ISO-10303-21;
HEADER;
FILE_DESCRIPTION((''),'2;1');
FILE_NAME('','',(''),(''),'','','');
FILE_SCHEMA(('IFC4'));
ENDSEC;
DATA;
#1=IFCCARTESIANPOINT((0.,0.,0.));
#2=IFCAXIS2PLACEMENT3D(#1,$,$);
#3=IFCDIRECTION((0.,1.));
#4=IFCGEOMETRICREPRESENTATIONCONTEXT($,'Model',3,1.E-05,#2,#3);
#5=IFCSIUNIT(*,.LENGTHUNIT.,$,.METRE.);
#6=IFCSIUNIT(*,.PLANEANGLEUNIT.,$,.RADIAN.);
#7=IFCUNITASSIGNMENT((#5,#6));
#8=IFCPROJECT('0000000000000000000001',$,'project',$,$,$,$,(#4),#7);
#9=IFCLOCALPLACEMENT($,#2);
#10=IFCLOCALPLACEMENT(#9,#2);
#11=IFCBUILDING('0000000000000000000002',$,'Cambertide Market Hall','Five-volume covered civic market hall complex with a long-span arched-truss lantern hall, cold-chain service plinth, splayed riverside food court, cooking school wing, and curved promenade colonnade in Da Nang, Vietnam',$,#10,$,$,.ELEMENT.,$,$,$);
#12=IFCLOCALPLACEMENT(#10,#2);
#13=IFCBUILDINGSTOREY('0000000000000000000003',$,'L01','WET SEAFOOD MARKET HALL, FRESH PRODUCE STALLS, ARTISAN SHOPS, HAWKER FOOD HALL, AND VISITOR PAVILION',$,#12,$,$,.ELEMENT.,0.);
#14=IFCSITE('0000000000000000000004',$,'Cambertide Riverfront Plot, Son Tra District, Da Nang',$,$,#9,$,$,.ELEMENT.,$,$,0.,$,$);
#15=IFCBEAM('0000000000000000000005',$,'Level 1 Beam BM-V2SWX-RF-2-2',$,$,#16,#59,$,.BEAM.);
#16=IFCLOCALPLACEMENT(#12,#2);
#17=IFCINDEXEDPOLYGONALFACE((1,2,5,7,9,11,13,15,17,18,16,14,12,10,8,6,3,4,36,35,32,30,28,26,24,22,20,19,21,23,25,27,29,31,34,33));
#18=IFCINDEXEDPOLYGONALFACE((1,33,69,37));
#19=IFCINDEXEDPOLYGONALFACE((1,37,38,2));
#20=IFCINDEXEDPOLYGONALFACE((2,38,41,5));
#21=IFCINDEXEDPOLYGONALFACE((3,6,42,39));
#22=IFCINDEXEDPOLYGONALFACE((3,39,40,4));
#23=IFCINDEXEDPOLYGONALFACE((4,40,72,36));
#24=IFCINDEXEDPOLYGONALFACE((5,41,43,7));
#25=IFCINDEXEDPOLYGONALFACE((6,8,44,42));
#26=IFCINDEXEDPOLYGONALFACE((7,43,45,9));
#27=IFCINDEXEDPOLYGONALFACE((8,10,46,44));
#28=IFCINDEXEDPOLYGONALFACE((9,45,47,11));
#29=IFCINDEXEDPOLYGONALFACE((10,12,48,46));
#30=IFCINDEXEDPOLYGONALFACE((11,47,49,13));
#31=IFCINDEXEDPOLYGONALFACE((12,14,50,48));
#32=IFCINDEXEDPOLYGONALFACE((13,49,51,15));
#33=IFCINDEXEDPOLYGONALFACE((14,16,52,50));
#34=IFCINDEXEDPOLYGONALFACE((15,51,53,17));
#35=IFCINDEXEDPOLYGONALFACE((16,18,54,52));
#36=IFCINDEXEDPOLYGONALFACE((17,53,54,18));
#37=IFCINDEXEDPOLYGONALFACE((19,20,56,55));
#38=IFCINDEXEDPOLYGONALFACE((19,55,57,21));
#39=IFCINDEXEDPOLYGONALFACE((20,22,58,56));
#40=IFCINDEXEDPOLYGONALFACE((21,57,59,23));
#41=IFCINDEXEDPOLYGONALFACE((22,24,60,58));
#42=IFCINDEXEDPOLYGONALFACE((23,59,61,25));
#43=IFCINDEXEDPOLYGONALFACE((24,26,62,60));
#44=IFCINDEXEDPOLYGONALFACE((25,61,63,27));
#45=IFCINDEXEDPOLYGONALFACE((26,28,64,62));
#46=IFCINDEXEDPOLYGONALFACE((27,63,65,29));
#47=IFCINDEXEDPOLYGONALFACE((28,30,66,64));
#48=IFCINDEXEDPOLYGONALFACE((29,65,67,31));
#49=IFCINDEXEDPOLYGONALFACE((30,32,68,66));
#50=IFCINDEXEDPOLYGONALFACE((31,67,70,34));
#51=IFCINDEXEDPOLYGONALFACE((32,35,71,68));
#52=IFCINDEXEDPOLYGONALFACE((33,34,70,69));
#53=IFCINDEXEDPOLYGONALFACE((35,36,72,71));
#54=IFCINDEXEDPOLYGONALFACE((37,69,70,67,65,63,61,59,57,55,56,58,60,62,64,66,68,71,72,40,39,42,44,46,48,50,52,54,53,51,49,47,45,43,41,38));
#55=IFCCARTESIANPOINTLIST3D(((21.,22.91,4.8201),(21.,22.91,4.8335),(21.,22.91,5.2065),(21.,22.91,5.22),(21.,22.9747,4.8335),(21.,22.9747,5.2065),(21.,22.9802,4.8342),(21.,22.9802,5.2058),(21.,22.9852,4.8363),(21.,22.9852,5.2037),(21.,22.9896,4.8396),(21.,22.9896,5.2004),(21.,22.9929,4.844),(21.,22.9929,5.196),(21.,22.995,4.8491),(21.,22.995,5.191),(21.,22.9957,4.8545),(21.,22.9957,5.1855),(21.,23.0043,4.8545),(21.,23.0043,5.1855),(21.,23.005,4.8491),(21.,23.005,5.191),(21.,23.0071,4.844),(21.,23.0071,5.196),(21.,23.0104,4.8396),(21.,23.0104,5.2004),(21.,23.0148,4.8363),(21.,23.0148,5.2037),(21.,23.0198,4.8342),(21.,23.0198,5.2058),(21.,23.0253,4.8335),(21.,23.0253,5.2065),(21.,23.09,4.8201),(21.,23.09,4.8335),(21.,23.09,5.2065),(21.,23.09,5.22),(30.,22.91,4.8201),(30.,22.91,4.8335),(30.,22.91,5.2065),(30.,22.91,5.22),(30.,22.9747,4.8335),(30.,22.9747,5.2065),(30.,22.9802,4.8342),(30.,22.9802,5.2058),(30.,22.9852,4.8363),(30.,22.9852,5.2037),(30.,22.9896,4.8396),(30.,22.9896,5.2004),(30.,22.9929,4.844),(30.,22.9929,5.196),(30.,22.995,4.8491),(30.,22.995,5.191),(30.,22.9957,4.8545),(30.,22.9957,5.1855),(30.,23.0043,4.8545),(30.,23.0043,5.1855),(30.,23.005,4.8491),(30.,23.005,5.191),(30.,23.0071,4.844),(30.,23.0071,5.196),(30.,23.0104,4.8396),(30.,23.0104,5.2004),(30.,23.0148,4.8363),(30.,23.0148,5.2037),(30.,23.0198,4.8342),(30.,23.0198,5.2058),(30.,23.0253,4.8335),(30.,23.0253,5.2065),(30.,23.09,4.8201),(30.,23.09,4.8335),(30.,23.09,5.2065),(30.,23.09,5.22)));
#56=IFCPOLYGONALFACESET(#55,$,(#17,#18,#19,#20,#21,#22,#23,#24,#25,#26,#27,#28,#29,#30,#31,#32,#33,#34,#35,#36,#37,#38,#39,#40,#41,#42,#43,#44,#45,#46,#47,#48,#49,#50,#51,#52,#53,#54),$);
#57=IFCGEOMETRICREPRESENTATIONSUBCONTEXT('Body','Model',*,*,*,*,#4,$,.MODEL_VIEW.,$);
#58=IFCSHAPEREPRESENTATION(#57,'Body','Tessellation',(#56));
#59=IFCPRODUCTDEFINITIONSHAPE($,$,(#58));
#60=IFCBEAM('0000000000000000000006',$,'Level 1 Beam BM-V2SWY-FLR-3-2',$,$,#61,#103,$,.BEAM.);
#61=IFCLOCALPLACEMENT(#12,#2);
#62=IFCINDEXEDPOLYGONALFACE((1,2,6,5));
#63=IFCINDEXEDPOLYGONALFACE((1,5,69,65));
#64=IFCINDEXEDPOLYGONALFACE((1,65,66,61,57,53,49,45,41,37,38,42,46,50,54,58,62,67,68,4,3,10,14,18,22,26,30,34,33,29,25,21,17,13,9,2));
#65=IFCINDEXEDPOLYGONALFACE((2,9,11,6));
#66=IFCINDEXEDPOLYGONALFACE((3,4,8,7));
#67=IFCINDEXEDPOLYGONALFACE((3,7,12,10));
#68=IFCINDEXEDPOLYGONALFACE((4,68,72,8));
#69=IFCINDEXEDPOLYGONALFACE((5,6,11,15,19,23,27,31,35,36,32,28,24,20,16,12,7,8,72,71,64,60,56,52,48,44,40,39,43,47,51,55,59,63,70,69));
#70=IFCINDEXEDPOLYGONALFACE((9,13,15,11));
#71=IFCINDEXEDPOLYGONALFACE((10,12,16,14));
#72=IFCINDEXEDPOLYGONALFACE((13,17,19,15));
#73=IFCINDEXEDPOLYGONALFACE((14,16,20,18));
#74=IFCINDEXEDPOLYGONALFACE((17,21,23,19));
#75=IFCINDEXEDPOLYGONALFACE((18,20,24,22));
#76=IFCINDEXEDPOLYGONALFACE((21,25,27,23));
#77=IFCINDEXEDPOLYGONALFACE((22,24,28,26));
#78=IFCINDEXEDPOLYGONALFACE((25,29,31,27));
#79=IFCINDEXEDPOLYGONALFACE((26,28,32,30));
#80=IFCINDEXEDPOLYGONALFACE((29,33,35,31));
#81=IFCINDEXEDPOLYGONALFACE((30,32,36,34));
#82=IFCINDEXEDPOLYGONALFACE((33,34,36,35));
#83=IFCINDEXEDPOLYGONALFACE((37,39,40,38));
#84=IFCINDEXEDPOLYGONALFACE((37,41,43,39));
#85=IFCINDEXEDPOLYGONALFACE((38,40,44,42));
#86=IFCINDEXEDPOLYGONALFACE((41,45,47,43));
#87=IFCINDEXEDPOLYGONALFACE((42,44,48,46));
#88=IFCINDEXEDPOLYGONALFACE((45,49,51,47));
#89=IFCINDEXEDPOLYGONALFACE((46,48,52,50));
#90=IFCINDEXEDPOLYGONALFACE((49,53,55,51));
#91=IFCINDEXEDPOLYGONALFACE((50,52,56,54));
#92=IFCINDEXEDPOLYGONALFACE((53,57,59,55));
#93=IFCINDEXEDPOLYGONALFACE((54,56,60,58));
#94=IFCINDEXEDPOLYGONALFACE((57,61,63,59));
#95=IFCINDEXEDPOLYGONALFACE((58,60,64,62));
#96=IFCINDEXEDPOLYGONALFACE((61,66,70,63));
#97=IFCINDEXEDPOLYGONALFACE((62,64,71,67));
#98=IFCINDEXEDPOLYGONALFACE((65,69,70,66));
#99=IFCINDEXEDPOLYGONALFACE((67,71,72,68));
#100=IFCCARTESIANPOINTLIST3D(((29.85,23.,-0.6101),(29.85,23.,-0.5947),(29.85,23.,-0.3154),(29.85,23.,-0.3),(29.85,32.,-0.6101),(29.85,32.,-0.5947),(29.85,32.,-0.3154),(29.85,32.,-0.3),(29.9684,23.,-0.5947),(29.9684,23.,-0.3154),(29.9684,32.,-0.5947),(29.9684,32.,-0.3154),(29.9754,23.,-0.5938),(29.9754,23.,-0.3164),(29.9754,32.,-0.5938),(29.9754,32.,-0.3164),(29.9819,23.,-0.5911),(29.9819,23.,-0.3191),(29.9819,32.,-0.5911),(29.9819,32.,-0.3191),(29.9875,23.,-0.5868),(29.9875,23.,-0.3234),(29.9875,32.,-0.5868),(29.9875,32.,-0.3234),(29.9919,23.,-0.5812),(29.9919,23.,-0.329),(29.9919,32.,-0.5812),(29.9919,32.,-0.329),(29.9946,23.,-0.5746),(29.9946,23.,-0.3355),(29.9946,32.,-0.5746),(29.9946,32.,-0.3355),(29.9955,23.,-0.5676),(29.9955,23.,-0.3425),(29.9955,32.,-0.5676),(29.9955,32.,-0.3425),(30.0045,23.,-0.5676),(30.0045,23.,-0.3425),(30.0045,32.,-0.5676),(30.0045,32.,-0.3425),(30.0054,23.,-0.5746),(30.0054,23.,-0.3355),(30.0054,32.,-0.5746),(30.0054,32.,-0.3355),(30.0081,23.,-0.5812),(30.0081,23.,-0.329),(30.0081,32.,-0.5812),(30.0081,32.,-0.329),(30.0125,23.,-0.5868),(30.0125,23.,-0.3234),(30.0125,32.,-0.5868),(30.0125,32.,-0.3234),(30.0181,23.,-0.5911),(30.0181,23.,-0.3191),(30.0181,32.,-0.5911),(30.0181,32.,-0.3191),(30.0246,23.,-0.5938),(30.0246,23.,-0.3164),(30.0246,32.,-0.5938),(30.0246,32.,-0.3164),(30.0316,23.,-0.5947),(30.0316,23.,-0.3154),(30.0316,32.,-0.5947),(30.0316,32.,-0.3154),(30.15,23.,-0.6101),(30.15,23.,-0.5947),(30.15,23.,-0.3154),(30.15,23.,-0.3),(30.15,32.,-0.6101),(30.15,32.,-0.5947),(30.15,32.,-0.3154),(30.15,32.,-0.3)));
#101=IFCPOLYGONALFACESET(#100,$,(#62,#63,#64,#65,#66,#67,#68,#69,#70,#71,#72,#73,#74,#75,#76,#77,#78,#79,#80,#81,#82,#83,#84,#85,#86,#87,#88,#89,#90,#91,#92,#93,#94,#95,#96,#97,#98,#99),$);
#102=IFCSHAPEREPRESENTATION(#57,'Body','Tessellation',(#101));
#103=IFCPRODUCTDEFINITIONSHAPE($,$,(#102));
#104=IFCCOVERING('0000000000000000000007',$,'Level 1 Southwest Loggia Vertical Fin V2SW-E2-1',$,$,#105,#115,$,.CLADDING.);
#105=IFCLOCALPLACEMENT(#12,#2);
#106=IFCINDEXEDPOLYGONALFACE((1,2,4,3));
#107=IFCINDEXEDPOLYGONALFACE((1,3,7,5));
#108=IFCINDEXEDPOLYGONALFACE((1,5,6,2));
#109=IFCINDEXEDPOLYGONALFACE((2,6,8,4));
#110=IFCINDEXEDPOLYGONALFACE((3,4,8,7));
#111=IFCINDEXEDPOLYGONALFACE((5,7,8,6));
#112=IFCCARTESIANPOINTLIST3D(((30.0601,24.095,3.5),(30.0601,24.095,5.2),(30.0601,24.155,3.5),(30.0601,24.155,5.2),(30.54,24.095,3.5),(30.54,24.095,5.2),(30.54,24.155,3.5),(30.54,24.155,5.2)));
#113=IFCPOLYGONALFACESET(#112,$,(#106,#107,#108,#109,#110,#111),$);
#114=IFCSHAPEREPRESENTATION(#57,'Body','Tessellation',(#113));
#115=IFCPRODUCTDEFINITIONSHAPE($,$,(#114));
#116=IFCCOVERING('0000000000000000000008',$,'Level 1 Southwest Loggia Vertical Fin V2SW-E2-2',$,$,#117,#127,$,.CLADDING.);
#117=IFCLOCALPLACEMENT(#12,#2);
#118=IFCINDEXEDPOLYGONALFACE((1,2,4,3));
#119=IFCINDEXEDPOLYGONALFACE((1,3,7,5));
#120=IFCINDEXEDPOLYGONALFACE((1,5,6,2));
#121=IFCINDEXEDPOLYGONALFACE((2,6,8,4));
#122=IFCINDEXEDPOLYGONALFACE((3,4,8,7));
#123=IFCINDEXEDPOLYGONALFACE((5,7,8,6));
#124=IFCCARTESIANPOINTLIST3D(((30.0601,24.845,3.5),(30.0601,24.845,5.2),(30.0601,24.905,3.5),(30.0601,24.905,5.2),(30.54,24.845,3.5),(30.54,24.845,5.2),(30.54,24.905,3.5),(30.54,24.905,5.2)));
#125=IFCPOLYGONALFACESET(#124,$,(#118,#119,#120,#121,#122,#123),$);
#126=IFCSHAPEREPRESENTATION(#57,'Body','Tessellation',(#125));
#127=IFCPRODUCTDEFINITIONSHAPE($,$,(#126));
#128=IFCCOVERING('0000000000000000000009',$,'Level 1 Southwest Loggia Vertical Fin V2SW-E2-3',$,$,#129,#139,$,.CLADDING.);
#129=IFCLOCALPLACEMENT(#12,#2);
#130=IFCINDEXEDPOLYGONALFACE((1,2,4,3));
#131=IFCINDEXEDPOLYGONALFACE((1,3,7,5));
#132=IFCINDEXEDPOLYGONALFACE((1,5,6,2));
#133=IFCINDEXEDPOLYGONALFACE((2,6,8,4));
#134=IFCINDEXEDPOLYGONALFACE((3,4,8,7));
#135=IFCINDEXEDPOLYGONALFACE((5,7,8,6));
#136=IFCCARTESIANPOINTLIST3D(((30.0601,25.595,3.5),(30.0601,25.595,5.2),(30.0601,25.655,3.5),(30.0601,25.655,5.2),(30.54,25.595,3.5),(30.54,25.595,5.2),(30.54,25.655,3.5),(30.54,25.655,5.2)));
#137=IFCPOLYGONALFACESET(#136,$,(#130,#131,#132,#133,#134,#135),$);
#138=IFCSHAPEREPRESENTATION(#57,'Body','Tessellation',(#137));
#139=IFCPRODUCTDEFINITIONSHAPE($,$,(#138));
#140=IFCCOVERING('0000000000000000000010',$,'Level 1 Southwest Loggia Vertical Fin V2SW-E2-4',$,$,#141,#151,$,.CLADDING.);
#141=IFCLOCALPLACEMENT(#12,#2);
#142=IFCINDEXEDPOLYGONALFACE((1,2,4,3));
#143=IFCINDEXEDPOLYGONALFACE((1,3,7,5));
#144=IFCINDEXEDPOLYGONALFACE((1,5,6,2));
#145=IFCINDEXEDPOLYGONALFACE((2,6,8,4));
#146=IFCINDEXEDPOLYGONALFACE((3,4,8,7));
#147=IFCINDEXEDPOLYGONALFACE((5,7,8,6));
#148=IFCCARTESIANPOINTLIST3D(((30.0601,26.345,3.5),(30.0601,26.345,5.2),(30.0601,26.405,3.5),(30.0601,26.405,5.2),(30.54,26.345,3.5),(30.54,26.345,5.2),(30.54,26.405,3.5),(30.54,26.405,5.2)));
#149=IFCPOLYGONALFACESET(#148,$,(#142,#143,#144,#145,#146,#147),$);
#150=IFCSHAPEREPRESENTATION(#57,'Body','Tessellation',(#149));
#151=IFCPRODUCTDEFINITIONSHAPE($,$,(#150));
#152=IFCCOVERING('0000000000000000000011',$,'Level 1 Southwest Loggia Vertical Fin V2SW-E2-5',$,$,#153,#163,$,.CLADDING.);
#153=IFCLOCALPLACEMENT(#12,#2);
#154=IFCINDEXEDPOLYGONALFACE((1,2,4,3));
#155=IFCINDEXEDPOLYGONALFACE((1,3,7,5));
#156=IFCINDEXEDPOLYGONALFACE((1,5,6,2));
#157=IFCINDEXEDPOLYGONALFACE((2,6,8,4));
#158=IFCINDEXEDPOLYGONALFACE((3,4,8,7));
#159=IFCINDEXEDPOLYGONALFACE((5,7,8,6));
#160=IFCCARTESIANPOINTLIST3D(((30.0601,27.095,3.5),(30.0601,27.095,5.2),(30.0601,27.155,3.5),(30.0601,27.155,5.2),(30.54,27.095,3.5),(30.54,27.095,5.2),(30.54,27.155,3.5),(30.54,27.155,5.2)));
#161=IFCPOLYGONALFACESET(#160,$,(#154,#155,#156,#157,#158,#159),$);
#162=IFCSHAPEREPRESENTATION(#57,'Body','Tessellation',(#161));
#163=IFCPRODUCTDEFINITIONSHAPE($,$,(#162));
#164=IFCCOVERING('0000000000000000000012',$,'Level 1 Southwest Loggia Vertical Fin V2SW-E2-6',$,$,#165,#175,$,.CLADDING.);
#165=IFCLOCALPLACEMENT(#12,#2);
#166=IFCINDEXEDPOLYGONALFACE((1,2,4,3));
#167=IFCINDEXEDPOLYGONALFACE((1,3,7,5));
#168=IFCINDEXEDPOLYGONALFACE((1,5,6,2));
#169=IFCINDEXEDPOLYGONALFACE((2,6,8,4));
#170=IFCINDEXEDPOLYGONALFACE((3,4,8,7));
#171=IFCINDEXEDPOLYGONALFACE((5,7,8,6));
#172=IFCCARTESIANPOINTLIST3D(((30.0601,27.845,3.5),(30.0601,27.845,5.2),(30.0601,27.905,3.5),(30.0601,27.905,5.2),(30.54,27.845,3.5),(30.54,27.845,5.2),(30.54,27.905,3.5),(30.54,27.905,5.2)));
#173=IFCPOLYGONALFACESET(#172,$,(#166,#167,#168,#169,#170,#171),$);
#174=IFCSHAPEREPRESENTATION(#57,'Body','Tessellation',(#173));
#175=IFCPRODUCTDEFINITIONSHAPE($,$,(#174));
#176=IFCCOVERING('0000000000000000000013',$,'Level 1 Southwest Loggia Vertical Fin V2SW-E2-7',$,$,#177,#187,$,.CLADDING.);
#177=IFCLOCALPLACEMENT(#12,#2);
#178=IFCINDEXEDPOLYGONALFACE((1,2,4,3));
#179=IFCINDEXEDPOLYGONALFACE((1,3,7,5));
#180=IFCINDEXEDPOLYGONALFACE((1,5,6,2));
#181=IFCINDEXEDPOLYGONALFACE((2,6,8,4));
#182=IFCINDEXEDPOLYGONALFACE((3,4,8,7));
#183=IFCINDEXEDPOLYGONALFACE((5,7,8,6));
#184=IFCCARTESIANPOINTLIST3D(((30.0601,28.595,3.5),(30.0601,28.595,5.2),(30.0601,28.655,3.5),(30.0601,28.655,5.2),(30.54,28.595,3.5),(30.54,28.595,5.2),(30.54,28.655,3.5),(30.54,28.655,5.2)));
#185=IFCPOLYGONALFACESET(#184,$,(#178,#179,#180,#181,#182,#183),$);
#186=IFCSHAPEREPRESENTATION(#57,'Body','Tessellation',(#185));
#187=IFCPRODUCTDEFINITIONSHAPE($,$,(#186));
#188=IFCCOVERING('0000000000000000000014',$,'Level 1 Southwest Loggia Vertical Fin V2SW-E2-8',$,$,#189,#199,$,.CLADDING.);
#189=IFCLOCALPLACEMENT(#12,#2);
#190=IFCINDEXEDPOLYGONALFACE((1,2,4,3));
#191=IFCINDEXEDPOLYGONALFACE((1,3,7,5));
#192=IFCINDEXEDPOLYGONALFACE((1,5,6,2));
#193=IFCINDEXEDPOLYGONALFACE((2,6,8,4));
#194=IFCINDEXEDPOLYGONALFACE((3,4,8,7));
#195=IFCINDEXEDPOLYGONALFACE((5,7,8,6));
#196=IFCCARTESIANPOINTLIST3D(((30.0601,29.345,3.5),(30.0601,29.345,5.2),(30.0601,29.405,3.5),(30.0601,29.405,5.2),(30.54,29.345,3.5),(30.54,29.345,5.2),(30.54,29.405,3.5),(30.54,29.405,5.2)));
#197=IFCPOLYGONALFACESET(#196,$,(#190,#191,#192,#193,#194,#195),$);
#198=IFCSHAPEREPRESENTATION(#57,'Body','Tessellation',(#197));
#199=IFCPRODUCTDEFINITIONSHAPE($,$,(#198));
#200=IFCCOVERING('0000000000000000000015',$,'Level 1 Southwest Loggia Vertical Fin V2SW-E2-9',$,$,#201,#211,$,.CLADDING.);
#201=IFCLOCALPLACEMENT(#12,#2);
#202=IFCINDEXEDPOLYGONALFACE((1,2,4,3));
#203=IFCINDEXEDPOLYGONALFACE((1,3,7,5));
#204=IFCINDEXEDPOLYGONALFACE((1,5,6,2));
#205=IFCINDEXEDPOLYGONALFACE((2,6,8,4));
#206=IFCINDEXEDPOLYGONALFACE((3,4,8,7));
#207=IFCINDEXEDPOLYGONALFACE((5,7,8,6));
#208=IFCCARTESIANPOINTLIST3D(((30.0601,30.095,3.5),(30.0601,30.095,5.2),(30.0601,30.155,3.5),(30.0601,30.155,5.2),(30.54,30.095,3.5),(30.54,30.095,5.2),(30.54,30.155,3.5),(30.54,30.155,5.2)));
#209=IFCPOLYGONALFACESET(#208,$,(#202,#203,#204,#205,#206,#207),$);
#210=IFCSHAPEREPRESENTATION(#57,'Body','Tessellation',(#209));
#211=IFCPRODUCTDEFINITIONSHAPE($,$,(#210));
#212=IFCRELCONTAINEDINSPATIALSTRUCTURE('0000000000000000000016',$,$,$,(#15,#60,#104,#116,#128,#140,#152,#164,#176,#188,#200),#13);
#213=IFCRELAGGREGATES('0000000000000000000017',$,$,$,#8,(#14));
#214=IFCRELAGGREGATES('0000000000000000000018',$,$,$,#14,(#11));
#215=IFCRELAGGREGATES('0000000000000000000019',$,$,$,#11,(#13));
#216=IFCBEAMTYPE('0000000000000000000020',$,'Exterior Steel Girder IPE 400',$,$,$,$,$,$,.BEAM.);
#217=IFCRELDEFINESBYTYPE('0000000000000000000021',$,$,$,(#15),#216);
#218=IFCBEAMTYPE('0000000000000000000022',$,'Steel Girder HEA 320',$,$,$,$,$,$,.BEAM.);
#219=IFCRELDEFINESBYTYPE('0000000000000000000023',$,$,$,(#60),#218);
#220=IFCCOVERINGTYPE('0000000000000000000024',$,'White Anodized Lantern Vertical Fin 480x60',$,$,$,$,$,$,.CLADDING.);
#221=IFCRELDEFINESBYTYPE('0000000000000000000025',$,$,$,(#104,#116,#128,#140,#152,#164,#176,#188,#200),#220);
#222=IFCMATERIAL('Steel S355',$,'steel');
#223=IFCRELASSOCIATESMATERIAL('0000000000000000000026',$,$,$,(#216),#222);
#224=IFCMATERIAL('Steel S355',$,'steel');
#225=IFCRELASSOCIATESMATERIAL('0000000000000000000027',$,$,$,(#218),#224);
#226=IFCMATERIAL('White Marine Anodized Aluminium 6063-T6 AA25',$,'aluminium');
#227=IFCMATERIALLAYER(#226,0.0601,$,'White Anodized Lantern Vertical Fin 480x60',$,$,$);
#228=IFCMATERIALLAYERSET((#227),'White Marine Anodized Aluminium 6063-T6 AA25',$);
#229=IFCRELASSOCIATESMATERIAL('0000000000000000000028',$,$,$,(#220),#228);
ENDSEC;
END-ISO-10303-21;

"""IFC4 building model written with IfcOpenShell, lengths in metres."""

from ifc_helpers import new_model, si_unit, direction, frame, origin, origin_2d, place, context, subcontext, project, spatial, rectangle, i_section, extrude, material, layer, layer_set, material_profile, profile_set, type_object, element, save


model = new_model("IFC4")

# Units and contexts
model_context = context("Model", 3, precision=1e-05, world=origin(), true_north=direction((0.0, 1.0)))
body_context = subcontext(model_context, "Body", "Model", "MODEL_VIEW")
ifc_project = project(units=[si_unit("LENGTHUNIT", "METRE"), si_unit("PLANEANGLEUNIT", "RADIAN")], contexts=[model_context])

# Site, building, storey
site_placement = place(None, origin())
site = spatial("IfcSite", under=ifc_project, at=site_placement, Name="Cambertide Riverfront Plot, Son Tra District, Da Nang", CompositionType="ELEMENT", RefElevation=0.0)
building_placement = place(site_placement, origin())
building = spatial("IfcBuilding", under=site, at=building_placement, Name="Cambertide Market Hall", Description="Five-volume covered civic market hall complex with a long-span arched-truss lantern hall, cold-chain service plinth, splayed riverside food court, cooking school wing, and curved promenade colonnade in Da Nang, Vietnam", CompositionType="ELEMENT")
storey_placement = place(building_placement, origin())
storey = spatial("IfcBuildingStorey", under=building, at=storey_placement, Name="L01", Description="WET SEAFOOD MARKET HALL, FRESH PRODUCE STALLS, ARTISAN SHOPS, HAWKER FOOD HALL, AND VISITOR PAVILION", CompositionType="ELEMENT", Elevation=0.0)

# Beams
ifc_material_1 = material(Name="Steel S355", Category="steel")
ifc_material_profile_1 = material_profile(ifc_material_1, i_section(OverallWidth=0.1799, OverallDepth=0.3999, WebThickness=0.0085, FlangeThickness=0.0134, FilletRadius=0.021, at=origin_2d()), Name="IPE 400")
ifc_profile_set_1 = profile_set([ifc_material_profile_1], Name="Steel S355")
beam_type_1 = type_object("IfcBeamType", Name="Exterior Steel Girder IPE 400", PredefinedType="BEAM", material=ifc_profile_set_1)
beam_1_placement = place(storey_placement, frame((21.0, 23.0, 5.02), z_axis=(1.0, 0.0, 0.0), x_axis=(0.0, 1.0, 0.0)))
element("IfcBeam", 1, at=beam_1_placement, inside=storey, type_object=beam_type_1, Name="Level 1 Beam BM-V2SWX-RF-2-2", PredefinedType="BEAM", context=body_context, shape_type="SweptSolid", body=[
    extrude(i_section(OverallWidth=0.1799, OverallDepth=0.3999, WebThickness=0.0085, FlangeThickness=0.0134, FilletRadius=0.021, at=origin_2d()), origin(), (0.0, 0.0, 1.0), 9.0),
])
ifc_material_2 = material(Name="Steel S355", Category="steel")
ifc_material_profile_2 = material_profile(ifc_material_2, i_section(OverallWidth=0.3, OverallDepth=0.3101, WebThickness=0.009, FlangeThickness=0.0154, FilletRadius=0.0271, at=origin_2d()), Name="HEA 320")
ifc_profile_set_2 = profile_set([ifc_material_profile_2], Name="Steel S355")
beam_type_2 = type_object("IfcBeamType", Name="Steel Girder HEA 320", PredefinedType="BEAM", material=ifc_profile_set_2)
beam_2_placement = place(storey_placement, frame((30.0, 23.0, -0.4551), z_axis=(0.0, 1.0, 0.0), x_axis=(-1.0, 0.0, 0.0)))
element("IfcBeam", 2, at=beam_2_placement, inside=storey, type_object=beam_type_2, Name="Level 1 Beam BM-V2SWY-FLR-3-2", PredefinedType="BEAM", context=body_context, shape_type="SweptSolid", body=[
    extrude(i_section(OverallWidth=0.3, OverallDepth=0.3101, WebThickness=0.009, FlangeThickness=0.0154, FilletRadius=0.0271, at=origin_2d()), origin(), (0.0, 0.0, 1.0), 9.0),
])

# Coverings
ifc_material_3 = material(Name="White Marine Anodized Aluminium 6063-T6 AA25", Category="aluminium")
ifc_layer = layer(ifc_material_3, 0.0601, Name="White Anodized Lantern Vertical Fin 480x60")
ifc_layer_set = layer_set([ifc_layer], Name="White Marine Anodized Aluminium 6063-T6 AA25")
covering_type = type_object("IfcCoveringType", Name="White Anodized Lantern Vertical Fin 480x60", PredefinedType="CLADDING", material=ifc_layer_set)
for number, where, z_axis, x_axis, name in (
    (3, (30.3, 24.125, 3.5), (0.0, 0.0, 1.0), (0.0, -1.0, 0.0), "Level 1 Southwest Loggia Vertical Fin V2SW-E2-1"),
    (4, (30.3, 24.875, 3.5), (0.0, 0.0, 1.0), (0.0, -1.0, 0.0), "Level 1 Southwest Loggia Vertical Fin V2SW-E2-2"),
    (5, (30.3, 25.625, 3.5), (0.0, 0.0, 1.0), (0.0, -1.0, 0.0), "Level 1 Southwest Loggia Vertical Fin V2SW-E2-3"),
    (6, (30.3, 26.375, 3.5), (0.0, 0.0, 1.0), (0.0, -1.0, 0.0), "Level 1 Southwest Loggia Vertical Fin V2SW-E2-4"),
    (7, (30.3, 27.125, 3.5), (0.0, 0.0, 1.0), (0.0, -1.0, 0.0), "Level 1 Southwest Loggia Vertical Fin V2SW-E2-5"),
    (8, (30.3, 27.875, 3.5), (0.0, 0.0, 1.0), (0.0, -1.0, 0.0), "Level 1 Southwest Loggia Vertical Fin V2SW-E2-6"),
    (9, (30.3, 28.625, 3.5), (0.0, 0.0, 1.0), (0.0, -1.0, 0.0), "Level 1 Southwest Loggia Vertical Fin V2SW-E2-7"),
    (10, (30.3, 29.375, 3.5), (0.0, 0.0, 1.0), (0.0, -1.0, 0.0), "Level 1 Southwest Loggia Vertical Fin V2SW-E2-8"),
    (11, (30.3, 30.125, 3.5), (0.0, 0.0, 1.0), (0.0, -1.0, 0.0), "Level 1 Southwest Loggia Vertical Fin V2SW-E2-9"),
):
    element("IfcCovering", number, at=place(storey_placement, frame(where, z_axis=z_axis, x_axis=x_axis)), inside=storey, type_object=covering_type, Name=name, PredefinedType="CLADDING", context=body_context, shape_type="SweptSolid", body=[
        extrude(rectangle(XDim=0.0601, YDim=0.48, at=origin_2d()), origin(), (0.0, 0.0, 1.0), 1.7),
    ])

save(model, "model.ifc")
